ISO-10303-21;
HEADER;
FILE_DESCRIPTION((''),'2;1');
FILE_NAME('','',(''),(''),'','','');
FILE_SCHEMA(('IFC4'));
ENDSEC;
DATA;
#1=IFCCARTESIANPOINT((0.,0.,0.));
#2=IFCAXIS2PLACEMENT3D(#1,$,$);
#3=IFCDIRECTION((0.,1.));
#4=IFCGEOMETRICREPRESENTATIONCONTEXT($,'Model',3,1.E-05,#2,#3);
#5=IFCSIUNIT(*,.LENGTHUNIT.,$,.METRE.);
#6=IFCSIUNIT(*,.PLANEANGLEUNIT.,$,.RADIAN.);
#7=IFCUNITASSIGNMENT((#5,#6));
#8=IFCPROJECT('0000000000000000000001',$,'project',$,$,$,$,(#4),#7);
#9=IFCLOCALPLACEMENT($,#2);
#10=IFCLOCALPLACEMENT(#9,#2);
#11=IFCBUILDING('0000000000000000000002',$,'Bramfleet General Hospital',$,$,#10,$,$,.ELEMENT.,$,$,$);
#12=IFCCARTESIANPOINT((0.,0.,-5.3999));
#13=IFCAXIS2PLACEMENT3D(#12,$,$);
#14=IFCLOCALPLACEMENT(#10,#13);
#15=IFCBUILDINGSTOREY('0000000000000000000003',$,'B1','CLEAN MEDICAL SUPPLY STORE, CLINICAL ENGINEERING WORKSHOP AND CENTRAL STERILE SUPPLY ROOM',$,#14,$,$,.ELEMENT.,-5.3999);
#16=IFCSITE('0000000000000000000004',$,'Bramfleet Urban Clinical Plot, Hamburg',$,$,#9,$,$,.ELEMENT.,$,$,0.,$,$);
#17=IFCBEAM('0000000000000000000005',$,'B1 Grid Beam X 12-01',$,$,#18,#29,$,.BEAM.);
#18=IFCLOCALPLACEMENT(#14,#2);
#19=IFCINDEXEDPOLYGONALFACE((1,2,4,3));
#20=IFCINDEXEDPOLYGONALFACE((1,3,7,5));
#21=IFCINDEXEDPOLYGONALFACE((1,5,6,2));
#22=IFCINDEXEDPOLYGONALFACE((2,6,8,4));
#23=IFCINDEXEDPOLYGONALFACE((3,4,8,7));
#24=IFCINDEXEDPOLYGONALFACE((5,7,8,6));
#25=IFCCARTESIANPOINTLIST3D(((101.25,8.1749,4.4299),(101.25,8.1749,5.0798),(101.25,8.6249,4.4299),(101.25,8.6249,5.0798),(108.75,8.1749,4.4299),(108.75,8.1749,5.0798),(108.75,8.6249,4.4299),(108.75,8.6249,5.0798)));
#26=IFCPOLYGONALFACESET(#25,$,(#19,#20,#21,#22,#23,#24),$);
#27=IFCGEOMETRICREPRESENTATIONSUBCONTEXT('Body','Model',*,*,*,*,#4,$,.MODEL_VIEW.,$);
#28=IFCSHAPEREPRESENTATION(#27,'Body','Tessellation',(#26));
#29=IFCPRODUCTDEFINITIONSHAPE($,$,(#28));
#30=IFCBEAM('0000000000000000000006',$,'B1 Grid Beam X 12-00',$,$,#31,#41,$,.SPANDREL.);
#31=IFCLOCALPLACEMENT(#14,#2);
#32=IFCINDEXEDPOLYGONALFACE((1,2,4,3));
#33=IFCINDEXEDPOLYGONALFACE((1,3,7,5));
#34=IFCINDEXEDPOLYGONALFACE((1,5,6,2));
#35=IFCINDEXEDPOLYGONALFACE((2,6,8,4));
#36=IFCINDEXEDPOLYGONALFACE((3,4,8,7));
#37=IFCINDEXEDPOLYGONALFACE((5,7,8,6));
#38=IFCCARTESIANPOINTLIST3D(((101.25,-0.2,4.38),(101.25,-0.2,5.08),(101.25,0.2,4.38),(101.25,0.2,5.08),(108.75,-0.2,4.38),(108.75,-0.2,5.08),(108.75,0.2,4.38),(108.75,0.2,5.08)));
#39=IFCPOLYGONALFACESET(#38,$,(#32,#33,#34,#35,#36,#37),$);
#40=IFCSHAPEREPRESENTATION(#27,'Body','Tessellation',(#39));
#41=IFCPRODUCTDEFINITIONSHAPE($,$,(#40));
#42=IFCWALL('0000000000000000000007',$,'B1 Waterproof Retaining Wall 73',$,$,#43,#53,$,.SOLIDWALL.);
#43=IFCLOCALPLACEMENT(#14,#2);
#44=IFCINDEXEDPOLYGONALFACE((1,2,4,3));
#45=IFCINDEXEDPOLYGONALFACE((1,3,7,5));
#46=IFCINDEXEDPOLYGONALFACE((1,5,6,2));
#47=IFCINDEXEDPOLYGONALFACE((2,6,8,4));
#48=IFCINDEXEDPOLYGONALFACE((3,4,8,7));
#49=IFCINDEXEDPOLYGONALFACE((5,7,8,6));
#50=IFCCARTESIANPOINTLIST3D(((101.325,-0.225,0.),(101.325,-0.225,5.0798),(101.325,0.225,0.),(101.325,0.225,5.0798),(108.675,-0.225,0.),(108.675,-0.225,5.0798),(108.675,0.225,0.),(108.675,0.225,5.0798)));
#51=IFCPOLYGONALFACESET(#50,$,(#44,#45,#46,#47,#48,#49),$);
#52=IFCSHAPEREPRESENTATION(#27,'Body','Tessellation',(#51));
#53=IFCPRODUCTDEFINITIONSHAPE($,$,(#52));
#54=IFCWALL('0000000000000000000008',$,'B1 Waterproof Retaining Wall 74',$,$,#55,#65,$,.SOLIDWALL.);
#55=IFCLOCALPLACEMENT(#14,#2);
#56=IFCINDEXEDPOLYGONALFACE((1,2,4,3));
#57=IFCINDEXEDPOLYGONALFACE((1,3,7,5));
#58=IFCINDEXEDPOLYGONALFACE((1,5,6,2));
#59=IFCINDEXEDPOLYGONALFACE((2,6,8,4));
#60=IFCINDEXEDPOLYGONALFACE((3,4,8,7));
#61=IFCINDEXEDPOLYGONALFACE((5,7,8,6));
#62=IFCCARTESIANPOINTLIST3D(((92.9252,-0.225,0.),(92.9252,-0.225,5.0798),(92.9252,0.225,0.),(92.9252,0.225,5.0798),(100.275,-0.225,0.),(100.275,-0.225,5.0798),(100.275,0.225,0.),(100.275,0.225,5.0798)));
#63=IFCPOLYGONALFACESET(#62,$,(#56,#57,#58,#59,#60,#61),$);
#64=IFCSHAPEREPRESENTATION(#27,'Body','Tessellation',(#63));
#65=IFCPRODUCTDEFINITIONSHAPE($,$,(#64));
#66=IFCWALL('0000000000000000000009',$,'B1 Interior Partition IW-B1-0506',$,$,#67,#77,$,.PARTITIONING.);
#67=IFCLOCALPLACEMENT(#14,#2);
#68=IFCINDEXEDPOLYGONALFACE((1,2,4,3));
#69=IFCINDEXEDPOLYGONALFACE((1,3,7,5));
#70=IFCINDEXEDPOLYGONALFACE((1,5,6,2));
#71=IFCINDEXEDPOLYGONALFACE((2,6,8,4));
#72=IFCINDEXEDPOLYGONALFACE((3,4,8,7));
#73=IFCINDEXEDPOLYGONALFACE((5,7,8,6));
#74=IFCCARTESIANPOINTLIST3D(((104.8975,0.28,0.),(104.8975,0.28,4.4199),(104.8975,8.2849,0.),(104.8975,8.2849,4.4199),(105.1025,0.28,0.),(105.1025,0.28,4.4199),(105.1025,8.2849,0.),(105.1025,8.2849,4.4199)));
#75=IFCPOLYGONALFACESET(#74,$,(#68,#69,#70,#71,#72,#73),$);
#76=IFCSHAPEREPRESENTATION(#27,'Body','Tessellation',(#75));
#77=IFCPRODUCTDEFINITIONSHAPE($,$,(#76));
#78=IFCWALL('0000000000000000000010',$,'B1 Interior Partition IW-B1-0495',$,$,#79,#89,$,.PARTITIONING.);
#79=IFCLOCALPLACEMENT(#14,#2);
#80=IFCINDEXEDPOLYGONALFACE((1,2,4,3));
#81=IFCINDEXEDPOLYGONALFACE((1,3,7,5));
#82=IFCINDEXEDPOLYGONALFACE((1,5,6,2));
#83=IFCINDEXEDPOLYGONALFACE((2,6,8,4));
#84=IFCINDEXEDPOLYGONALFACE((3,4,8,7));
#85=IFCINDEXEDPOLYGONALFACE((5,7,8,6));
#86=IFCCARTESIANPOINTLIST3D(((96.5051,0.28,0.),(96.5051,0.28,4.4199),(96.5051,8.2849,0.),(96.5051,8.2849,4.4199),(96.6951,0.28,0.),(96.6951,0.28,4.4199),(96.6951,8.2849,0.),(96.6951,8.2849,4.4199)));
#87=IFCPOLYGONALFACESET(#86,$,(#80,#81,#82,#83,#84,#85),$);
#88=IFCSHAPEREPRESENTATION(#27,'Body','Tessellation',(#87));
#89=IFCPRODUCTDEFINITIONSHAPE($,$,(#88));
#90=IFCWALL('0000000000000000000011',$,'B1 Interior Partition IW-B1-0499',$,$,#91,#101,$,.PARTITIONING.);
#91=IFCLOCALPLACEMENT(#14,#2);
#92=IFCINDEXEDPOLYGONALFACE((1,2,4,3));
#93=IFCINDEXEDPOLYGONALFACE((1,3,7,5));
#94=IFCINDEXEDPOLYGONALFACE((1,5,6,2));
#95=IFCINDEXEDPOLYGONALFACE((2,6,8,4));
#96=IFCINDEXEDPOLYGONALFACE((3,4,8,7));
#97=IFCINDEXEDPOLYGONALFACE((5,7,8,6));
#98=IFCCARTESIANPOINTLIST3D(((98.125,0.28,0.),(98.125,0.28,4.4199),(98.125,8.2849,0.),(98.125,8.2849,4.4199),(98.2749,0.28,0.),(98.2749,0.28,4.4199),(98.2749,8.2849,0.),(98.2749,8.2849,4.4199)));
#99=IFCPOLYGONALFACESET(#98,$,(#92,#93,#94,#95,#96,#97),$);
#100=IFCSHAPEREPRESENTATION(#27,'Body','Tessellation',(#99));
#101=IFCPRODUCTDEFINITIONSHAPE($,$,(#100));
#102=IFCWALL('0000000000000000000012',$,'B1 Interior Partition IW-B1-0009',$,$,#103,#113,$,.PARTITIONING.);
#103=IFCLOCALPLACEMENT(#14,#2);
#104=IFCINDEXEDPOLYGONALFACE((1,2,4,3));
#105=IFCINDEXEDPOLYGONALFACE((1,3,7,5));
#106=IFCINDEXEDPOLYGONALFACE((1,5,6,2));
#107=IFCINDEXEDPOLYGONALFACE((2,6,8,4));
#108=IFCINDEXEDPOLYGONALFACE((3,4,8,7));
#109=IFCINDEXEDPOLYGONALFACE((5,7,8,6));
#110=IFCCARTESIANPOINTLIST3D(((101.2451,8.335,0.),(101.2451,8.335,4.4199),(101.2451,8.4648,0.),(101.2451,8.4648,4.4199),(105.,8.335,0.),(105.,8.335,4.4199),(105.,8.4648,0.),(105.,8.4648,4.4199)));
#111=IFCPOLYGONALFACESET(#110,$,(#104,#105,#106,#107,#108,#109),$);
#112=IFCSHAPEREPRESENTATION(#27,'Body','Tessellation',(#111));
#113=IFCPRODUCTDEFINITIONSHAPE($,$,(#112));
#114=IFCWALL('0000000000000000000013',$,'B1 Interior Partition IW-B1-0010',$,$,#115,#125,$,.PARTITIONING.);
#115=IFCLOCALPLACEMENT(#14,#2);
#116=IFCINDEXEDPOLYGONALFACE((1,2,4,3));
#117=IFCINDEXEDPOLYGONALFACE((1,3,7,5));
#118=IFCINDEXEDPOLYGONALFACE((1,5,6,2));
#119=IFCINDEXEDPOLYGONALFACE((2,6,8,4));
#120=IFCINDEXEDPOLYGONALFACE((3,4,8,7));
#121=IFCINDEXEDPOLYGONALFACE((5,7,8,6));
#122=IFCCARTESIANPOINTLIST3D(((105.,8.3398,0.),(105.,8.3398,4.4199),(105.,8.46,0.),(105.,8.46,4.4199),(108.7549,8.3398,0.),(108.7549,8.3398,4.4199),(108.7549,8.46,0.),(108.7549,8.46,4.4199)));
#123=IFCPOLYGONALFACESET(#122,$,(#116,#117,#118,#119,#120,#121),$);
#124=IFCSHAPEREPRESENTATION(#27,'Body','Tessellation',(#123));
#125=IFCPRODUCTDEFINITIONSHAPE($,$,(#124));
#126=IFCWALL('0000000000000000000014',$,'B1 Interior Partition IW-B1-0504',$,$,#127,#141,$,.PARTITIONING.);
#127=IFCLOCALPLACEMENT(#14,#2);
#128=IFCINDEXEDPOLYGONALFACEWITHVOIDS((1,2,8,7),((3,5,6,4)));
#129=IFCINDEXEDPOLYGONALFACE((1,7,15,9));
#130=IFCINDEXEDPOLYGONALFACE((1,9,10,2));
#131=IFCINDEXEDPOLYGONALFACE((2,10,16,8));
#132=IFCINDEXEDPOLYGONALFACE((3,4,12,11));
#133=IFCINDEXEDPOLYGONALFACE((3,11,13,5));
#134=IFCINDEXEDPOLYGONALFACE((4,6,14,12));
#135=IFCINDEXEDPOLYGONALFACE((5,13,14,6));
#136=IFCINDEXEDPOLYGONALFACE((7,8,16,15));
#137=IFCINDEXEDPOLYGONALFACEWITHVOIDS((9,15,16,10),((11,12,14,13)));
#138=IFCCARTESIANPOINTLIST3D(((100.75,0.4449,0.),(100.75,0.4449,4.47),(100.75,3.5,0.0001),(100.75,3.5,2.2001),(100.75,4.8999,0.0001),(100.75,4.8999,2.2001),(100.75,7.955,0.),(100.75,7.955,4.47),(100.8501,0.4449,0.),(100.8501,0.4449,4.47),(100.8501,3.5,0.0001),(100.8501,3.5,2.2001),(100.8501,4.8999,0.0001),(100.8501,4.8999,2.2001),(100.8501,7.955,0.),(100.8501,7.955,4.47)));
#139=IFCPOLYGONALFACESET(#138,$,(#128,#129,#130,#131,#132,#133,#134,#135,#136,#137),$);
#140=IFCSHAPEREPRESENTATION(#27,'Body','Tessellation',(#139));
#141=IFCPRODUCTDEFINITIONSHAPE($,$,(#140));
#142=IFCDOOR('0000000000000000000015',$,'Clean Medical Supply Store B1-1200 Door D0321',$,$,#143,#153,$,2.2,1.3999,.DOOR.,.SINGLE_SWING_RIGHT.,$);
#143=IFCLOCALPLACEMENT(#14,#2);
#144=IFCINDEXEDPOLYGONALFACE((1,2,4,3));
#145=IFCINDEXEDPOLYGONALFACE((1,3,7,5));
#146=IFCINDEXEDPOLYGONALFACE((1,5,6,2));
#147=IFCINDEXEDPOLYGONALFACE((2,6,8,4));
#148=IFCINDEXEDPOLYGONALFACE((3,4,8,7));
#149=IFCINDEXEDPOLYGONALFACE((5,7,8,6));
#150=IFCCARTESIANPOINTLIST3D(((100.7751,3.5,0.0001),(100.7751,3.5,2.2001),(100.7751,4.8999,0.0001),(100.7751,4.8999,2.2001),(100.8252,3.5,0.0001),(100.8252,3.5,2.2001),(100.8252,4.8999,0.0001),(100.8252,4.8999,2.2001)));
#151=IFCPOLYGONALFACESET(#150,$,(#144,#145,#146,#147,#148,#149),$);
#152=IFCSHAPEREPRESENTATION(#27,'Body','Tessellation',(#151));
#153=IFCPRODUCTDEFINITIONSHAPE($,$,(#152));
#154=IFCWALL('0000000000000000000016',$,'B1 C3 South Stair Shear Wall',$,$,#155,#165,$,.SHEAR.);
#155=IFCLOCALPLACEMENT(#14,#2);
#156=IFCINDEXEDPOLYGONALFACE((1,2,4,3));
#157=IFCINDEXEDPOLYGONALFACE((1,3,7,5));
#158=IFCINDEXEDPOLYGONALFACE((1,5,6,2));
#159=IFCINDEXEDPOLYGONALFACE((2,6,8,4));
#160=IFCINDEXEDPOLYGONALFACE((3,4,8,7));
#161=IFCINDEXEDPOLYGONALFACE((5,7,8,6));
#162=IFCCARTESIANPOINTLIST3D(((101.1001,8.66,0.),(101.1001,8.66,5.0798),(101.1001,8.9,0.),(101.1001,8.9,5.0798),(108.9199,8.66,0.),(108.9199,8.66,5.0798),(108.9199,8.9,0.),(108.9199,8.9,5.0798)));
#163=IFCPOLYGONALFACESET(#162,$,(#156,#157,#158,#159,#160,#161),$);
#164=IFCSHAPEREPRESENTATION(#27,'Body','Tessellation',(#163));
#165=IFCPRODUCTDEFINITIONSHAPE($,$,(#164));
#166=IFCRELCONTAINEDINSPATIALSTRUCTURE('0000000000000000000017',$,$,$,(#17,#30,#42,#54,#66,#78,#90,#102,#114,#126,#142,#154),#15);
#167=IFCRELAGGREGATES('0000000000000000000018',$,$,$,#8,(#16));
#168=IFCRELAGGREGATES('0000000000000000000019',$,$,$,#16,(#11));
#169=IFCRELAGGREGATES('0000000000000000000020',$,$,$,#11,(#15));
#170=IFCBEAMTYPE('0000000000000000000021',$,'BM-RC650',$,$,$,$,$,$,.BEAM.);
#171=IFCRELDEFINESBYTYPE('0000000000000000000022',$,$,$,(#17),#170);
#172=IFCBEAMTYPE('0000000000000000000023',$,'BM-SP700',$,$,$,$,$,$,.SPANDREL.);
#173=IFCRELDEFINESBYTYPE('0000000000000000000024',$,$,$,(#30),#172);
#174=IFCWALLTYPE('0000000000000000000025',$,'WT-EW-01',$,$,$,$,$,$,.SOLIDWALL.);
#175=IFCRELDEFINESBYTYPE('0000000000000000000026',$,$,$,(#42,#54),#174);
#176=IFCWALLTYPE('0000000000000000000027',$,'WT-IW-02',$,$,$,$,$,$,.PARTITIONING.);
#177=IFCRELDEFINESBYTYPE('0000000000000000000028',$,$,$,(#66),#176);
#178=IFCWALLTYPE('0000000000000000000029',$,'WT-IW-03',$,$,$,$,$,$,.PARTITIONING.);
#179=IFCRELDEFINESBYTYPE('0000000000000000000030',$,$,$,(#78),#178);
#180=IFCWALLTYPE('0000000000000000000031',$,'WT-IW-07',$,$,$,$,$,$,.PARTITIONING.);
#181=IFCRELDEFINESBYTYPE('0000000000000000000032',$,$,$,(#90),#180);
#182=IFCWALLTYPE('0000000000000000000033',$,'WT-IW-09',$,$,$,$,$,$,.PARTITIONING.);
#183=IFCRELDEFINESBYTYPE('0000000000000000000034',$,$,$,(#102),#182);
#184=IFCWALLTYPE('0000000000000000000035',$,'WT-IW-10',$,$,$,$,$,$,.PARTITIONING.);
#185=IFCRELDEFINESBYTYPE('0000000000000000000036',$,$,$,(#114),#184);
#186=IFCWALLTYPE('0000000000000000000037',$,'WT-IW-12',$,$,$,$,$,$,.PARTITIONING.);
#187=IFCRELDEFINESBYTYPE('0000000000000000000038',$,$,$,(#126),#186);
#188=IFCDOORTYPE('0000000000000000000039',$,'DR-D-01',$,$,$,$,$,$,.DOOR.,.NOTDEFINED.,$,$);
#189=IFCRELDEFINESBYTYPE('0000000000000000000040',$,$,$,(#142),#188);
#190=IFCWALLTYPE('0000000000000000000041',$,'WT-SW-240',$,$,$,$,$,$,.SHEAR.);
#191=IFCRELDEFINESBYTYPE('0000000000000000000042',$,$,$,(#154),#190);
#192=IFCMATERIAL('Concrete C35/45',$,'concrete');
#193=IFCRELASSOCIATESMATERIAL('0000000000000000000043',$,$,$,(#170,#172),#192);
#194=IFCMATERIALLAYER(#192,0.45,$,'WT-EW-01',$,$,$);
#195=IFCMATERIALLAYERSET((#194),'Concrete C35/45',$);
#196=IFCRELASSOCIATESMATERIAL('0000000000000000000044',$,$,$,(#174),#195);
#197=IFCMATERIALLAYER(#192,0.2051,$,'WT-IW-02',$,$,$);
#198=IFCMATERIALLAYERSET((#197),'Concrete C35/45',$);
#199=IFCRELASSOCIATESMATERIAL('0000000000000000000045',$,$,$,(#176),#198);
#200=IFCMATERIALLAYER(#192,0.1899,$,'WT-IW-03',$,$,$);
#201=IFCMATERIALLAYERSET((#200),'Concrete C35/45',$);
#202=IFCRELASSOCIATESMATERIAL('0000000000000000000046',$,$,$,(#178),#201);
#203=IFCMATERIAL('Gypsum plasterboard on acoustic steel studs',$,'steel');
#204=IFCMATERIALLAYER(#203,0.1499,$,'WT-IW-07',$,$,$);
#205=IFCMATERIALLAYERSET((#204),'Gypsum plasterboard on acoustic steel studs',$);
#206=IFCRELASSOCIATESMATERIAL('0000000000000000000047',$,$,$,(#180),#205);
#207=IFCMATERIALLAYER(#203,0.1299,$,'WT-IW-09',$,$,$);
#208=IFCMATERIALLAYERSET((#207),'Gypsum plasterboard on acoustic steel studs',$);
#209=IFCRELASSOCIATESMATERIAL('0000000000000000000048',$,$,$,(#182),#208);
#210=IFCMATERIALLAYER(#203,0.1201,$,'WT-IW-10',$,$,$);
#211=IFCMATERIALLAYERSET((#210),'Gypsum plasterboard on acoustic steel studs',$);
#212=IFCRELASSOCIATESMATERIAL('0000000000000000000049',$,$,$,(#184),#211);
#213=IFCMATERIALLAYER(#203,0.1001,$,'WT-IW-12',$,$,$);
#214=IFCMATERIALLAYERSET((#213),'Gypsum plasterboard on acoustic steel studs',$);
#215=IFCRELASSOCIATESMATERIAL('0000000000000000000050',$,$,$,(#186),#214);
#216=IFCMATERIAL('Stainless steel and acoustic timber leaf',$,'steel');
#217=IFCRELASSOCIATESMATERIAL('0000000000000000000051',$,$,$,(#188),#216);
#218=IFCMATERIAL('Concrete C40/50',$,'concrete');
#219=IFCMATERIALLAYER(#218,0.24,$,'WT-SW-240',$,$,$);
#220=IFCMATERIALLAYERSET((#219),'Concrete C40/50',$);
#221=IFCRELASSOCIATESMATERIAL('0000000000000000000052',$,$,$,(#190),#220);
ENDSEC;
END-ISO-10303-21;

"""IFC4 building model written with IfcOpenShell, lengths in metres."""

from ifc_helpers import new_model, si_unit, direction, frame, frame_2d, origin, origin_2d, place, context, subcontext, project, spatial, rectangle, extrude, material, layer, layer_set, material_profile, profile_set, type_object, element, fill, save


model = new_model("IFC4")

# Units and contexts
model_context = context("Model", 3, precision=1e-05, world=origin(), true_north=direction((0.0, 1.0)))
body_context = subcontext(model_context, "Body", "Model", "MODEL_VIEW")
ifc_project = project(units=[si_unit("LENGTHUNIT", "METRE"), si_unit("PLANEANGLEUNIT", "RADIAN")], contexts=[model_context])

# Site, building, storey
site_placement = place(None, origin())
site = spatial("IfcSite", under=ifc_project, at=site_placement, Name="Bramfleet Urban Clinical Plot, Hamburg", CompositionType="ELEMENT", RefElevation=0.0)
building_placement = place(site_placement, origin())
building = spatial("IfcBuilding", under=site, at=building_placement, Name="Bramfleet General Hospital", CompositionType="ELEMENT")
storey_placement = place(building_placement, frame((0.0, 0.0, -5.3999)))
storey = spatial("IfcBuildingStorey", under=building, at=storey_placement, Name="B1", Description="CLEAN MEDICAL SUPPLY STORE, CLINICAL ENGINEERING WORKSHOP AND CENTRAL STERILE SUPPLY ROOM", CompositionType="ELEMENT", Elevation=-5.3999)

# Shared definitions
ifc_material_1 = material(Name="Concrete C35/45", Category="concrete")

# Shared definitions
ifc_material_2 = material(Name="Concrete C40/50", Category="concrete")

# Beams
ifc_material_profile_1 = material_profile(ifc_material_1, rectangle(XDim=0.45, YDim=0.6499, at=origin_2d()), Name="RC BM 650x450")
ifc_profile_set_1 = profile_set([ifc_material_profile_1], Name="Concrete C35/45")
beam_type_1 = type_object("IfcBeamType", Name="BM-RC650", PredefinedType="BEAM", material=ifc_profile_set_1)
beam_1_placement = place(storey_placement, frame((101.25, 8.3999, 4.7549), z_axis=(1.0, 0.0, 0.0), x_axis=(0.0, 1.0, 0.0)))
element("IfcBeam", 1, at=beam_1_placement, inside=storey, type_object=beam_type_1, Name="B1 Grid Beam X 12-01", PredefinedType="BEAM", context=body_context, shape_type="SweptSolid", body=[
    extrude(rectangle(XDim=0.45, YDim=0.6499, at=origin_2d()), origin(), (0.0, 0.0, 1.0), 7.5),
])
ifc_material_profile_2 = material_profile(ifc_material_1, rectangle(XDim=0.3999, YDim=0.7, at=origin_2d()), Name="RC SP 700x400")
ifc_profile_set_2 = profile_set([ifc_material_profile_2], Name="Concrete C35/45")
beam_type_2 = type_object("IfcBeamType", Name="BM-SP700", PredefinedType="SPANDREL", material=ifc_profile_set_2)
beam_2_placement = place(storey_placement, frame((101.25, 0.0, 4.73), z_axis=(1.0, 0.0, 0.0), x_axis=(0.0, 1.0, 0.0)))
element("IfcBeam", 2, at=beam_2_placement, inside=storey, type_object=beam_type_2, Name="B1 Grid Beam X 12-00", PredefinedType="SPANDREL", context=body_context, shape_type="SweptSolid", body=[
    extrude(rectangle(XDim=0.3999, YDim=0.7, at=origin_2d()), origin(), (0.0, 0.0, 1.0), 7.5),
])

# Walls
ifc_layer_1 = layer(ifc_material_1, 0.45, Name="WT-EW-01")
ifc_layer_set_1 = layer_set([ifc_layer_1], Name="Concrete C35/45")
wall_type_1 = type_object("IfcWallType", Name="WT-EW-01", PredefinedType="SOLIDWALL", material=ifc_layer_set_1)
wall_1_placement = place(storey_placement, frame((108.675, 0.0, 0.0), z_axis=(0.0, 0.0, 1.0), x_axis=(-1.0, 0.0, 0.0)))
element("IfcWall", 3, at=wall_1_placement, inside=storey, type_object=wall_type_1, Name="B1 Waterproof Retaining Wall 73", PredefinedType="SOLIDWALL", context=body_context, shape_type="SweptSolid", body=[
    extrude(rectangle(XDim=7.3501, YDim=0.45, at=frame_2d((3.675, 0.0))), origin(), (0.0, 0.0, 1.0), 5.0798),
])
wall_2_placement = place(storey_placement, frame((100.2749, 0.0, 0.0), z_axis=(0.0, 0.0, 1.0), x_axis=(-1.0, 0.0, 0.0)))
element("IfcWall", 4, at=wall_2_placement, inside=storey, type_object=wall_type_1, Name="B1 Waterproof Retaining Wall 74", PredefinedType="SOLIDWALL", context=body_context, shape_type="SweptSolid", body=[
    extrude(rectangle(XDim=7.3499, YDim=0.45, at=frame_2d((3.6748, 0.0))), origin(), (0.0, 0.0, 1.0), 5.0798),
])
ifc_layer_2 = layer(ifc_material_1, 0.2051, Name="WT-IW-02")
ifc_layer_set_2 = layer_set([ifc_layer_2], Name="Concrete C35/45")
wall_type_2 = type_object("IfcWallType", Name="WT-IW-02", PredefinedType="PARTITIONING", material=ifc_layer_set_2)
wall_3_placement = place(storey_placement, frame((105.0, 0.28, 0.0), z_axis=(0.0, 0.0, 1.0), x_axis=(0.0, 1.0, 0.0)))
element("IfcWall", 5, at=wall_3_placement, inside=storey, type_object=wall_type_2, Name="B1 Interior Partition IW-B1-0506", PredefinedType="PARTITIONING", context=body_context, shape_type="SweptSolid", body=[
    extrude(rectangle(XDim=8.0049, YDim=0.2051, at=frame_2d((4.0024, 0.0))), origin(), (0.0, 0.0, 1.0), 4.4199),
])
ifc_layer_3 = layer(ifc_material_1, 0.1899, Name="WT-IW-03")
ifc_layer_set_3 = layer_set([ifc_layer_3], Name="Concrete C35/45")
wall_type_3 = type_object("IfcWallType", Name="WT-IW-03", PredefinedType="PARTITIONING", material=ifc_layer_set_3)
wall_4_placement = place(storey_placement, frame((96.6001, 0.28, 0.0), z_axis=(0.0, 0.0, 1.0), x_axis=(0.0, 1.0, 0.0)))
element("IfcWall", 6, at=wall_4_placement, inside=storey, type_object=wall_type_3, Name="B1 Interior Partition IW-B1-0495", PredefinedType="PARTITIONING", context=body_context, shape_type="SweptSolid", body=[
    extrude(rectangle(XDim=8.0049, YDim=0.1899, at=frame_2d((4.0024, 0.0))), origin(), (0.0, 0.0, 1.0), 4.4199),
])
ifc_material_3 = material(Name="Gypsum plasterboard on acoustic steel studs", Category="steel")
ifc_layer_4 = layer(ifc_material_3, 0.1499, Name="WT-IW-07")
ifc_layer_set_4 = layer_set([ifc_layer_4], Name="Gypsum plasterboard on acoustic steel studs")
wall_type_4 = type_object("IfcWallType", Name="WT-IW-07", PredefinedType="PARTITIONING", material=ifc_layer_set_4)
wall_5_placement = place(storey_placement, frame((98.2, 0.28, 0.0), z_axis=(0.0, 0.0, 1.0), x_axis=(0.0, 1.0, 0.0)))
element("IfcWall", 7, at=wall_5_placement, inside=storey, type_object=wall_type_4, Name="B1 Interior Partition IW-B1-0499", PredefinedType="PARTITIONING", context=body_context, shape_type="SweptSolid", body=[
    extrude(rectangle(XDim=8.0049, YDim=0.1499, at=frame_2d((4.0024, 0.0))), origin(), (0.0, 0.0, 1.0), 4.4199),
])

# Shared definitions
ifc_material_4 = material(Name="Stainless steel and acoustic timber leaf", Category="steel")

# Walls
ifc_layer_5 = layer(ifc_material_3, 0.1299, Name="WT-IW-09")
ifc_layer_set_5 = layer_set([ifc_layer_5], Name="Gypsum plasterboard on acoustic steel studs")
wall_type_5 = type_object("IfcWallType", Name="WT-IW-09", PredefinedType="PARTITIONING", material=ifc_layer_set_5)
wall_6_placement = place(storey_placement, frame((101.2451, 8.3999, 0.0), z_axis=(0.0, 0.0, 1.0), x_axis=(1.0, 0.0, 0.0)))
element("IfcWall", 8, at=wall_6_placement, inside=storey, type_object=wall_type_5, Name="B1 Interior Partition IW-B1-0009", PredefinedType="PARTITIONING", context=body_context, shape_type="SweptSolid", body=[
    extrude(rectangle(XDim=3.7549, YDim=0.1299, at=frame_2d((1.8774, 0.0))), origin(), (0.0, 0.0, 1.0), 4.4199),
])
ifc_layer_6 = layer(ifc_material_3, 0.1201, Name="WT-IW-10")
ifc_layer_set_6 = layer_set([ifc_layer_6], Name="Gypsum plasterboard on acoustic steel studs")
wall_type_6 = type_object("IfcWallType", Name="WT-IW-10", PredefinedType="PARTITIONING", material=ifc_layer_set_6)
wall_7_placement = place(storey_placement, frame((105.0, 8.3999, 0.0), z_axis=(0.0, 0.0, 1.0), x_axis=(1.0, 0.0, 0.0)))
element("IfcWall", 9, at=wall_7_placement, inside=storey, type_object=wall_type_6, Name="B1 Interior Partition IW-B1-0010", PredefinedType="PARTITIONING", context=body_context, shape_type="SweptSolid", body=[
    extrude(rectangle(XDim=3.7549, YDim=0.1201, at=frame_2d((1.8774, 0.0))), origin(), (0.0, 0.0, 1.0), 4.4199),
])

# Wall, opening, door
ifc_layer_7 = layer(ifc_material_3, 0.1001, Name="WT-IW-12")
ifc_layer_set_7 = layer_set([ifc_layer_7], Name="Gypsum plasterboard on acoustic steel studs")
wall_type_7 = type_object("IfcWallType", Name="WT-IW-12", PredefinedType="PARTITIONING", material=ifc_layer_set_7)
wall_8_placement = place(storey_placement, frame((100.8, 0.4451, 0.0), z_axis=(0.0, 0.0, 1.0), x_axis=(0.0, 1.0, 0.0)))
wall_8 = element("IfcWall", 10, at=wall_8_placement, inside=storey, type_object=wall_type_7, Name="B1 Interior Partition IW-B1-0504", PredefinedType="PARTITIONING", context=body_context, shape_type="SweptSolid", body=[
    extrude(rectangle(XDim=7.51, YDim=0.1001, at=frame_2d((3.7549, 0.0))), origin(), (0.0, 0.0, 1.0), 4.47),
])
opening_1_placement = place(wall_8_placement, frame((3.0549, 0.0, 0.0)))
opening_1 = element("IfcOpeningElement", 11, at=opening_1_placement, cuts=wall_8, PredefinedType="OPENING", context=body_context, shape_type="SweptSolid", body=[
    extrude(rectangle(XDim=1.3999, YDim=2.2, at=frame_2d((0.7, 1.1001))), frame((0.0, 0.0601, 0.0), z_axis=(0.0, -1.0, 0.0), x_axis=(1.0, 0.0, 0.0)), (0.0, 0.0, 1.0), 0.1201),
])
door_type_1 = type_object("IfcDoorType", Name="DR-D-01", OperationType="NOTDEFINED", PredefinedType="DOOR", material=ifc_material_4)
door_1_placement = place(opening_1_placement, origin())
door_1 = element("IfcDoor", 12, at=door_1_placement, inside=storey, type_object=door_type_1, Name="Clean Medical Supply Store B1-1200 Door D0321", OperationType="SINGLE_SWING_RIGHT", OverallHeight=2.2, OverallWidth=1.3999, PredefinedType="DOOR", context=body_context, shape_type="SweptSolid", body=[
    extrude(rectangle(XDim=1.3999, YDim=2.2, at=frame_2d((0.7, 1.1001))), frame((0.0, 0.0249, 0.0), z_axis=(0.0, -1.0, 0.0), x_axis=(1.0, 0.0, 0.0)), (0.0, 0.0, 1.0), 0.05),
])
fill(opening_1, door_1)

# Wall
ifc_layer_8 = layer(ifc_material_2, 0.24, Name="WT-SW-240")
ifc_layer_set_8 = layer_set([ifc_layer_8], Name="Concrete C40/50")
wall_type_8 = type_object("IfcWallType", Name="WT-SW-240", PredefinedType="SHEAR", material=ifc_layer_set_8)
wall_9_placement = place(storey_placement, frame((101.1001, 8.78, 0.0), z_axis=(0.0, 0.0, 1.0), x_axis=(1.0, 0.0, 0.0)))
element("IfcWall", 13, at=wall_9_placement, inside=storey, type_object=wall_type_8, Name="B1 C3 South Stair Shear Wall", PredefinedType="SHEAR", context=body_context, shape_type="SweptSolid", body=[
    extrude(rectangle(XDim=7.8198, YDim=0.24, at=frame_2d((3.9099, 0.0))), origin(), (0.0, 0.0, 1.0), 5.0798),
])

save(model, "model.ifc")
